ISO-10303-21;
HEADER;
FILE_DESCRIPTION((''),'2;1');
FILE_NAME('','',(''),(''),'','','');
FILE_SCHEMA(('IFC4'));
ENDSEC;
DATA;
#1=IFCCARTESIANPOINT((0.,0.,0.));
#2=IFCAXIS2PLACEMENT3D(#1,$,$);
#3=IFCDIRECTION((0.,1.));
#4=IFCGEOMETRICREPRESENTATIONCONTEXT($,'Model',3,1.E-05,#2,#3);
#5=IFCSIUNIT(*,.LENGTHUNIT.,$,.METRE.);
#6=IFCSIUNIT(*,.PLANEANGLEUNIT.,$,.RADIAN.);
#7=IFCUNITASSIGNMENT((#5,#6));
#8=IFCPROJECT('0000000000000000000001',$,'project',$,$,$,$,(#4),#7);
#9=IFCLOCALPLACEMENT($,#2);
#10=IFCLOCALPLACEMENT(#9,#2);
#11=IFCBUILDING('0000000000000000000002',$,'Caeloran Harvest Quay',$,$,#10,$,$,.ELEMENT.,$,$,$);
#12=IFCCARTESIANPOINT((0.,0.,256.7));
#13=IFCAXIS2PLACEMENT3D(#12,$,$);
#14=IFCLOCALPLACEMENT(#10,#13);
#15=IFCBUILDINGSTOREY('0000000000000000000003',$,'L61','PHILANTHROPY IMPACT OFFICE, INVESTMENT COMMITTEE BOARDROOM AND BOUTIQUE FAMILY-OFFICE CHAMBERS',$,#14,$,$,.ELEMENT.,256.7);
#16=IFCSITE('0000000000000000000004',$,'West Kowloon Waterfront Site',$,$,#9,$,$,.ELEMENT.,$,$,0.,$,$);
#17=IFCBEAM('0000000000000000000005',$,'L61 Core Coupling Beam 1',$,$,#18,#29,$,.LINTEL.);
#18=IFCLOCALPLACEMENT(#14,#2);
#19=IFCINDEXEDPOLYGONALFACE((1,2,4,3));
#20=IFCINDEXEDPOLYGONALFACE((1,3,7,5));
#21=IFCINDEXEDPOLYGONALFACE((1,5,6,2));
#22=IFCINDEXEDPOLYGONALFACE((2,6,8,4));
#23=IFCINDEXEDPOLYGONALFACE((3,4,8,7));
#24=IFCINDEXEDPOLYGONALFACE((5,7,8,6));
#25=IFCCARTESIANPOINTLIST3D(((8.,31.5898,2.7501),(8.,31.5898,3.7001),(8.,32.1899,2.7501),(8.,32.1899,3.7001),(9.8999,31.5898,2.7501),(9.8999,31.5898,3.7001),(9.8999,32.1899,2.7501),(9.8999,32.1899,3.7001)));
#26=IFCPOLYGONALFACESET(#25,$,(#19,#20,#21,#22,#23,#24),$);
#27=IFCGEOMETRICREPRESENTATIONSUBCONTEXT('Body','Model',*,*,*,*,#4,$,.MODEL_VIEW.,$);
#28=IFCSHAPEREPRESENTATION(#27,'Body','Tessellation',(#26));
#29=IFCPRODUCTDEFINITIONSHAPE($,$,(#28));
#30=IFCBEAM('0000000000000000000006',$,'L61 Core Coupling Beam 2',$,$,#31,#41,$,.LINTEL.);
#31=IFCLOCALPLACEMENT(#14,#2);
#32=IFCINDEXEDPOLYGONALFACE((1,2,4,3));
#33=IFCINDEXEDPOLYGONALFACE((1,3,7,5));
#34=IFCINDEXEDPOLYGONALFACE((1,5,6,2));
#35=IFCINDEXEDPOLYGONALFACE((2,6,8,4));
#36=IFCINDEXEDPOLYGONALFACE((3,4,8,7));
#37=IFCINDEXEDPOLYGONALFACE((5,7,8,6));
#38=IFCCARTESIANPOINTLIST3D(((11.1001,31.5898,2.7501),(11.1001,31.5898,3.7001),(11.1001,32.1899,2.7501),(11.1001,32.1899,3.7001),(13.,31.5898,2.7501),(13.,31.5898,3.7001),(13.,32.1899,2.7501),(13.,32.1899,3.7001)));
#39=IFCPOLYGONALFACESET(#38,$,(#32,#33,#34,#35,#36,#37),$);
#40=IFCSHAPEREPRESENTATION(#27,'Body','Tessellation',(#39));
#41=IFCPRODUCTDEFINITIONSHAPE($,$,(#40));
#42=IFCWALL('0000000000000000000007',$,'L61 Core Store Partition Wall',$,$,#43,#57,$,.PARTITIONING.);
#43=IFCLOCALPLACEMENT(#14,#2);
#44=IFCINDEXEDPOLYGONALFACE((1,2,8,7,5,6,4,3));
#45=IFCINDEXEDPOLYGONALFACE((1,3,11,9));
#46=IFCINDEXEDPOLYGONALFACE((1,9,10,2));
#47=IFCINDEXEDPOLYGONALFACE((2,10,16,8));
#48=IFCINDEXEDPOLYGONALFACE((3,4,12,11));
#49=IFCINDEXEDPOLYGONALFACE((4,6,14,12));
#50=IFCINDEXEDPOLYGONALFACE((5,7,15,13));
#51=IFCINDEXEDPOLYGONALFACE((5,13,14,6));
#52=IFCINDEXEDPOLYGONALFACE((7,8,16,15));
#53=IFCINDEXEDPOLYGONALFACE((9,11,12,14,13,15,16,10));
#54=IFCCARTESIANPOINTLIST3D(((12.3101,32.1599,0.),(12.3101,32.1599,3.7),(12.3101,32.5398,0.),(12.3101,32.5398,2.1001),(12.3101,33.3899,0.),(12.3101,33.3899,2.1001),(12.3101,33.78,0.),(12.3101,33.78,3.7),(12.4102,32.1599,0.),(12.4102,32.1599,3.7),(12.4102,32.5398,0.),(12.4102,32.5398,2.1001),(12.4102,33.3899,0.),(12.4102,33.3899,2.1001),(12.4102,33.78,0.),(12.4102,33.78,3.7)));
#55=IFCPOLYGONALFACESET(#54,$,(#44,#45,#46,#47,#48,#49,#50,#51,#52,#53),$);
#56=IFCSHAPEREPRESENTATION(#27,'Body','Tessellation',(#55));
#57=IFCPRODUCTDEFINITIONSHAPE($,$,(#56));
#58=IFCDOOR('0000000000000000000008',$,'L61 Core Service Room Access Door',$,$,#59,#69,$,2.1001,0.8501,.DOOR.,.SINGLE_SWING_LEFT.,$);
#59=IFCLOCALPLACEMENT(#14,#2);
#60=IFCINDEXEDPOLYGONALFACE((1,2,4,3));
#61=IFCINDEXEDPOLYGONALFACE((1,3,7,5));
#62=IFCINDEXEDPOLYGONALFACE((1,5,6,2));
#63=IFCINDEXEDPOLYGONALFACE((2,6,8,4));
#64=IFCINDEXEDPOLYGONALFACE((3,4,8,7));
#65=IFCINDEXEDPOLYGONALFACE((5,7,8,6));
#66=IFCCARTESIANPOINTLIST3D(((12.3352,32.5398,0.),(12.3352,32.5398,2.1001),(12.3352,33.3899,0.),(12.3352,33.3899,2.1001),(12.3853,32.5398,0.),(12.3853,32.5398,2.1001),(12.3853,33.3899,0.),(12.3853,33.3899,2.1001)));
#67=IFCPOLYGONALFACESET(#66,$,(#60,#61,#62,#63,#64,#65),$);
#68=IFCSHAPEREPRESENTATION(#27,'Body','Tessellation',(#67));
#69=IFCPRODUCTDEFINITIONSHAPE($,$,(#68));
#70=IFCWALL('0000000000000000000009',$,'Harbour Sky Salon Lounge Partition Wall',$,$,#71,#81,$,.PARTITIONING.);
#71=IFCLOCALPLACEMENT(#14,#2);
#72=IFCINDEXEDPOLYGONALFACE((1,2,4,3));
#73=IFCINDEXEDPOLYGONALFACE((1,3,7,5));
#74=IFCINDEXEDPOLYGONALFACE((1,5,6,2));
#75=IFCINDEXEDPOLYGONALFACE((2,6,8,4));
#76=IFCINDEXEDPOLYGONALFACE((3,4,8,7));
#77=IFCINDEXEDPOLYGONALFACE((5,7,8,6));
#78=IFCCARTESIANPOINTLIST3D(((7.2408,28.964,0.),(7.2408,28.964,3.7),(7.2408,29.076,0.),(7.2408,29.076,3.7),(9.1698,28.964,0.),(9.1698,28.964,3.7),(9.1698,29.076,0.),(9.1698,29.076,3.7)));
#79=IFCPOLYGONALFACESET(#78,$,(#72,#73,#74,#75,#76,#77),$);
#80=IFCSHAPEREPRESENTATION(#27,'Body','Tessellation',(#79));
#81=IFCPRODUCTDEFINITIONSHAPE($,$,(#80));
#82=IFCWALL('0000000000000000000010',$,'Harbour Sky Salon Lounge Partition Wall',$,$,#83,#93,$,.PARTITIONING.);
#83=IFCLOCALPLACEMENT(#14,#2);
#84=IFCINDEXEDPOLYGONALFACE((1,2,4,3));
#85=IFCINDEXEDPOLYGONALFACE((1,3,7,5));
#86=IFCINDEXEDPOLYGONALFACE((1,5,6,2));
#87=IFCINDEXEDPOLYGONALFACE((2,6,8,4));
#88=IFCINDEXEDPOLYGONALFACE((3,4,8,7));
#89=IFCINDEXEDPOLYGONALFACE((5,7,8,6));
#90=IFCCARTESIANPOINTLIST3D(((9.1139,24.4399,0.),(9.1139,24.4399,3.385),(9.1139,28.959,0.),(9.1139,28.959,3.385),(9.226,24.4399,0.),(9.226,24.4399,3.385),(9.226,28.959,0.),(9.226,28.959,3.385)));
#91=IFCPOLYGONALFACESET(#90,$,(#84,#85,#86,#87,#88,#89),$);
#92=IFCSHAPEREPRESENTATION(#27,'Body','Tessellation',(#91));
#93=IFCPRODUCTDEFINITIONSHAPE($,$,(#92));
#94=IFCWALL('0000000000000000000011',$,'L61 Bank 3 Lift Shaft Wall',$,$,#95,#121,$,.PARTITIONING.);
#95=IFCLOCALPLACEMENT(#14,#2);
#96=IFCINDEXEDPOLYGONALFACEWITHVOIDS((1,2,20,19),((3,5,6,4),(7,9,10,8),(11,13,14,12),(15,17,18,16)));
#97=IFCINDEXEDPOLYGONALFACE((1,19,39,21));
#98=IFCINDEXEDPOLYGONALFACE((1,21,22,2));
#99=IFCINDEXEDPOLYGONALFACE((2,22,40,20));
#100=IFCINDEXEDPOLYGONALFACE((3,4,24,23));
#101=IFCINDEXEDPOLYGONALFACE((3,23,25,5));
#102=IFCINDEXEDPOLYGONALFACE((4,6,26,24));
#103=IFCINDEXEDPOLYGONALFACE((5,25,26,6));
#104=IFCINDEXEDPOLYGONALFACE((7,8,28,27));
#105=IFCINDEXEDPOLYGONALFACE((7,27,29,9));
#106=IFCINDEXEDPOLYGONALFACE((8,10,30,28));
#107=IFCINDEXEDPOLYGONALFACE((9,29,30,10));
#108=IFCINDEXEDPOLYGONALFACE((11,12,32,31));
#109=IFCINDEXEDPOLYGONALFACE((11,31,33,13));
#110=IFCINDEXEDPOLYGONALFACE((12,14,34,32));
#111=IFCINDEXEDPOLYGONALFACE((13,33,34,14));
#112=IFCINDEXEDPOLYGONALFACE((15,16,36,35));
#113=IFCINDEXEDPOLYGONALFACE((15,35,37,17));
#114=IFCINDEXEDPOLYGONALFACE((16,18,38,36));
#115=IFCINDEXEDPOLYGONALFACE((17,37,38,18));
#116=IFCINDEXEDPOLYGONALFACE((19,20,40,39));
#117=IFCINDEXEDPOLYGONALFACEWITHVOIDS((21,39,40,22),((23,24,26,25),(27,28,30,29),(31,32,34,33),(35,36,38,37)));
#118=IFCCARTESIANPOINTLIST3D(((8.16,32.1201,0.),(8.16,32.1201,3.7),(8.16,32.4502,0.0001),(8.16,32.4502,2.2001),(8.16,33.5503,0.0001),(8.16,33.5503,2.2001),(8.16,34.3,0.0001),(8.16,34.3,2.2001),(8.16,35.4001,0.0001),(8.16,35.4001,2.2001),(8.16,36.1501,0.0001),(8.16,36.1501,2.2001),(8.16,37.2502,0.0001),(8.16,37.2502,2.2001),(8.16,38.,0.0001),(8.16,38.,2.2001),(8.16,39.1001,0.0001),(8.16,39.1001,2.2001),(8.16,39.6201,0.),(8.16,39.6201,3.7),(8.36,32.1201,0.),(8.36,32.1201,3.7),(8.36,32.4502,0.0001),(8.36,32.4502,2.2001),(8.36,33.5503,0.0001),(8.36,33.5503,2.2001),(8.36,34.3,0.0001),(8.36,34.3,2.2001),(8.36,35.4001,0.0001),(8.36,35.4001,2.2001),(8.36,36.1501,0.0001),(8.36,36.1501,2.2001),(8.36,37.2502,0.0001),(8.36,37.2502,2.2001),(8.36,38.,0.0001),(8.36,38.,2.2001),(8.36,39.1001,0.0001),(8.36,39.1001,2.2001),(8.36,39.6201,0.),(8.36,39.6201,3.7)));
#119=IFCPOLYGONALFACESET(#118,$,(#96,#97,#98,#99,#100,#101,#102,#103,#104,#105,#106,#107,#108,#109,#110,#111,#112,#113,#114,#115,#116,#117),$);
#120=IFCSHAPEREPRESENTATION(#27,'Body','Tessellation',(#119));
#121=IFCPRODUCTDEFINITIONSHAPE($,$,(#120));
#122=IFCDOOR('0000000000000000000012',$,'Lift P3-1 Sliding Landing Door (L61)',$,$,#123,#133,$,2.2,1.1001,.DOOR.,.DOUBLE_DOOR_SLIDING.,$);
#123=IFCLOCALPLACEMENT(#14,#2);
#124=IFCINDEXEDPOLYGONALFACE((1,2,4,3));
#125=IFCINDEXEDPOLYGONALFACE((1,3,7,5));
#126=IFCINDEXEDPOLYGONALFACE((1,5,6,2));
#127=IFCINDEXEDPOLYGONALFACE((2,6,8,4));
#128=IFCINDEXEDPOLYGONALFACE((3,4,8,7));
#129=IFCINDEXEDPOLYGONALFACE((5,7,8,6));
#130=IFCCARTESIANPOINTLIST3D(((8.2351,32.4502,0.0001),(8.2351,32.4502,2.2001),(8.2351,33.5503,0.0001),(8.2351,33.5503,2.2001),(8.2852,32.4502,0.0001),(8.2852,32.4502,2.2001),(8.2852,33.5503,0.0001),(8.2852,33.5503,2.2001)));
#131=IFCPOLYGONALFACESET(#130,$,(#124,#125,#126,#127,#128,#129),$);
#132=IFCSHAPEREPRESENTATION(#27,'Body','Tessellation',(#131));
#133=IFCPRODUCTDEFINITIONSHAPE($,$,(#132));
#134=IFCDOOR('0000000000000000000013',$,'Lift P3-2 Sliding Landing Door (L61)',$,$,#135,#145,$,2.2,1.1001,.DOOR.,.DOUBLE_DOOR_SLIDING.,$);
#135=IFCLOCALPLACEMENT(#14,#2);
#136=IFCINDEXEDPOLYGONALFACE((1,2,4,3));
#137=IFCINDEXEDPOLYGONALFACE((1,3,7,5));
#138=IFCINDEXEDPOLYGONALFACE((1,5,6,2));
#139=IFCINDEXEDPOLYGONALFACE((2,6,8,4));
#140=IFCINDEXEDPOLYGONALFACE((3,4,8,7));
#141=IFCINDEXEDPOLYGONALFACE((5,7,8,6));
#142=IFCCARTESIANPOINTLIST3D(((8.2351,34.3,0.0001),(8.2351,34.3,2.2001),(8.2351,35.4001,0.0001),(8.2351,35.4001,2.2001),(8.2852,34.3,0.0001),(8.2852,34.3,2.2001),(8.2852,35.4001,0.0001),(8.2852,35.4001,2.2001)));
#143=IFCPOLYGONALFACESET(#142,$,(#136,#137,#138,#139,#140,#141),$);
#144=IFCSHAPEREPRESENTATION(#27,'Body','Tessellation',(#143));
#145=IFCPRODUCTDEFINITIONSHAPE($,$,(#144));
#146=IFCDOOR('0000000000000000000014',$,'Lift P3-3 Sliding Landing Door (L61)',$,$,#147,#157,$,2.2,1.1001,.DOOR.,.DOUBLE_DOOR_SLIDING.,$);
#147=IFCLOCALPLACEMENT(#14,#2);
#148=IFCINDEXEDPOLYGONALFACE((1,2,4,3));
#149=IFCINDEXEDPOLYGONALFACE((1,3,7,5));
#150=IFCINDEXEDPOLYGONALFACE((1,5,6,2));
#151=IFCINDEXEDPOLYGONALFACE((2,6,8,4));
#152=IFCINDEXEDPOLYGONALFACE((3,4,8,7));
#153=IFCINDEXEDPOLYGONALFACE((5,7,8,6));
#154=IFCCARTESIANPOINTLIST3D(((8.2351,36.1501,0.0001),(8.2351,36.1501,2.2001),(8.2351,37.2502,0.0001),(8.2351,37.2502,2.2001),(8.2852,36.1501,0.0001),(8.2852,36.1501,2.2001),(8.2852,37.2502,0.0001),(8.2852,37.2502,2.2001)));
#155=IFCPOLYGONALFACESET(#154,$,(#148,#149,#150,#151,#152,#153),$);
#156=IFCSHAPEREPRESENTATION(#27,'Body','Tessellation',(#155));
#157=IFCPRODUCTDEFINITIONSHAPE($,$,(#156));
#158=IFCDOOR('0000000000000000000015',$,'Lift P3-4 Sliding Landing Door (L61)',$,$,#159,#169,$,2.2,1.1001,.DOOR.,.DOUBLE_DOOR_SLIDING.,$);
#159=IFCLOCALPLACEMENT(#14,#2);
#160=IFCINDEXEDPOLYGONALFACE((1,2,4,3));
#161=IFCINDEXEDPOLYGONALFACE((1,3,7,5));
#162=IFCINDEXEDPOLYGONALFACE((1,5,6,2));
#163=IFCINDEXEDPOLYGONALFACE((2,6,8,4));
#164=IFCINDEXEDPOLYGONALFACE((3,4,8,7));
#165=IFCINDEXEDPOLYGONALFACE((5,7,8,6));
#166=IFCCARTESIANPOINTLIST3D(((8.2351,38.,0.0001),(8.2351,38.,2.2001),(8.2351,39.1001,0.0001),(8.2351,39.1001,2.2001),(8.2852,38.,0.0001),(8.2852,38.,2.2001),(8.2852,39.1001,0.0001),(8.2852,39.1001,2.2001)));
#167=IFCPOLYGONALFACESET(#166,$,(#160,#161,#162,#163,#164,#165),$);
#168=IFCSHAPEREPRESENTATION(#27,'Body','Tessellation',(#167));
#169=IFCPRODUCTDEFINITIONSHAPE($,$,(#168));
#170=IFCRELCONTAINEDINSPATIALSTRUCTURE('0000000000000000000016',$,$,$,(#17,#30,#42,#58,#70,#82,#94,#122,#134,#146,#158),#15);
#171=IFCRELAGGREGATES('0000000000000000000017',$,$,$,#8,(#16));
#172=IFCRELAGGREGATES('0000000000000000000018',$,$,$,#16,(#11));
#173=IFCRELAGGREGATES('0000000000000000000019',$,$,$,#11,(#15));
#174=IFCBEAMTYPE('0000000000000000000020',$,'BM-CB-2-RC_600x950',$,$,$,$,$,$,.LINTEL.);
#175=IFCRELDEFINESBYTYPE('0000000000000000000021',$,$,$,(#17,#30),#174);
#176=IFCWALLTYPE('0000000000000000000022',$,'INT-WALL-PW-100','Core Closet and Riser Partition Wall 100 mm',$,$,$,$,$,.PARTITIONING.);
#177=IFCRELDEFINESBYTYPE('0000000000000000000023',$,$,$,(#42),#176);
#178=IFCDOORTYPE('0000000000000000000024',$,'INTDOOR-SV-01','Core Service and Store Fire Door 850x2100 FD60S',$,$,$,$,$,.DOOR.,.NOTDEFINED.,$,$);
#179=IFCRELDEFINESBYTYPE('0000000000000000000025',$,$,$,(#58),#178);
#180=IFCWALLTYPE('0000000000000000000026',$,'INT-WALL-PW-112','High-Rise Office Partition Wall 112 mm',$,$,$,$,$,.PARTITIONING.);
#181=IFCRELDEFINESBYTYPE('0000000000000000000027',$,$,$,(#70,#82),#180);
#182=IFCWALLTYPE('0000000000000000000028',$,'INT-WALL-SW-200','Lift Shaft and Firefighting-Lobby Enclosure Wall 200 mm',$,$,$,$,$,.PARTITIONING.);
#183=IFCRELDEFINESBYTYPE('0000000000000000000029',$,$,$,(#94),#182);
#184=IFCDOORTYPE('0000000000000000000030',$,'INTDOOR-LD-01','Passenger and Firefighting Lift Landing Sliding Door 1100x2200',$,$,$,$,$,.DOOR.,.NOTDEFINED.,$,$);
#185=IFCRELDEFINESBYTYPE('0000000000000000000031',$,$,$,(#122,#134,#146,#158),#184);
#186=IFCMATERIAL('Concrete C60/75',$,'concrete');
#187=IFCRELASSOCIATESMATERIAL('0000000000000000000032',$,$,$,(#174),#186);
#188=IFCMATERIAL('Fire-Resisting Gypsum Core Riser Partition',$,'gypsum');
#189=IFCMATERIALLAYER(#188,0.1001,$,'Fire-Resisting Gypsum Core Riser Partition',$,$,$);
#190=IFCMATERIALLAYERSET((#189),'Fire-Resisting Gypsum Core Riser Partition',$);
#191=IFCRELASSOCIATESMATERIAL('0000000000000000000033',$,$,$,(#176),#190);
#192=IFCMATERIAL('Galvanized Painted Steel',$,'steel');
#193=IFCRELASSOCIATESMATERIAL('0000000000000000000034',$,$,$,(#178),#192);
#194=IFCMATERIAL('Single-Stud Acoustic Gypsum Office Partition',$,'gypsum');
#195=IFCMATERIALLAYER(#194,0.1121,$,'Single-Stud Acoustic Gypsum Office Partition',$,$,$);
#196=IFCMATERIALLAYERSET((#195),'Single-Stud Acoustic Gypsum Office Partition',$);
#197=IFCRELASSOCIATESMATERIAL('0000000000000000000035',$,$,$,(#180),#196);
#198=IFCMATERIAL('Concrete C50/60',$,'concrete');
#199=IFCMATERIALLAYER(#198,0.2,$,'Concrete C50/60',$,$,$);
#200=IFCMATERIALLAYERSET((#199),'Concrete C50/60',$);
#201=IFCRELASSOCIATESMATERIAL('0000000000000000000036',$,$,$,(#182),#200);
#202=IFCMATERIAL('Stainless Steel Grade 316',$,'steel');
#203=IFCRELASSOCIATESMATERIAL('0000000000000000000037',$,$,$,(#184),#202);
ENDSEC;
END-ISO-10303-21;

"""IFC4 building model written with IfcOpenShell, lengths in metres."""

from ifc_helpers import new_model, si_unit, direction, frame, frame_2d, origin, origin_2d, place, context, subcontext, project, spatial, rectangle, extrude, material, layer, layer_set, material_profile, profile_set, type_object, element, fill, save


model = new_model("IFC4")

# Units and contexts
model_context = context("Model", 3, precision=1e-05, world=origin(), true_north=direction((0.0, 1.0)))
body_context = subcontext(model_context, "Body", "Model", "MODEL_VIEW")
ifc_project = project(units=[si_unit("LENGTHUNIT", "METRE"), si_unit("PLANEANGLEUNIT", "RADIAN")], contexts=[model_context])

# Site, building, storey
site_placement = place(None, origin())
site = spatial("IfcSite", under=ifc_project, at=site_placement, Name="West Kowloon Waterfront Site", CompositionType="ELEMENT", RefElevation=0.0)
building_placement = place(site_placement, origin())
building = spatial("IfcBuilding", under=site, at=building_placement, Name="Caeloran Harvest Quay", CompositionType="ELEMENT")
storey_placement = place(building_placement, frame((0.0, 0.0, 256.7)))
storey = spatial("IfcBuildingStorey", under=building, at=storey_placement, Name="L61", Description="PHILANTHROPY IMPACT OFFICE, INVESTMENT COMMITTEE BOARDROOM AND BOUTIQUE FAMILY-OFFICE CHAMBERS", CompositionType="ELEMENT", Elevation=256.7)

# Beams
ifc_material_1 = material(Name="Concrete C60/75", Category="concrete")
ifc_material_profile = material_profile(ifc_material_1, rectangle(XDim=0.6001, YDim=0.95, at=origin_2d()), Name="RC 600x950")
ifc_profile_set = profile_set([ifc_material_profile], Name="Concrete C60/75")
beam_type = type_object("IfcBeamType", Name="BM-CB-2-RC_600x950", PredefinedType="LINTEL", material=ifc_profile_set)
for number, where, z_axis, x_axis, name in (
    (1, (8.0, 31.8899, 3.2251), (1.0, 0.0, 0.0), (0.0, 1.0, 0.0), "L61 Core Coupling Beam 1"),
    (2, (11.1001, 31.8899, 3.2251), (1.0, 0.0, 0.0), (0.0, 1.0, 0.0), "L61 Core Coupling Beam 2"),
):
    element("IfcBeam", number, at=place(storey_placement, frame(where, z_axis=z_axis, x_axis=x_axis)), inside=storey, type_object=beam_type, Name=name, PredefinedType="LINTEL", context=body_context, shape_type="SweptSolid", body=[
        extrude(rectangle(XDim=0.6001, YDim=0.95, at=origin_2d()), origin(), (0.0, 0.0, 1.0), 1.8999),
    ])

# Wall, opening, door
ifc_material_2 = material(Name="Fire-Resisting Gypsum Core Riser Partition", Category="gypsum")
ifc_layer_1 = layer(ifc_material_2, 0.1001, Name="Fire-Resisting Gypsum Core Riser Partition")
ifc_layer_set_1 = layer_set([ifc_layer_1], Name="Fire-Resisting Gypsum Core Riser Partition")
wall_type_1 = type_object("IfcWallType", Name="INT-WALL-PW-100", Description="Core Closet and Riser Partition Wall 100 mm", PredefinedType="PARTITIONING", material=ifc_layer_set_1)
wall_1_placement = place(storey_placement, frame((12.3601, 32.1599, 0.0), z_axis=(0.0, 0.0, 1.0), x_axis=(0.0, 1.0, 0.0)))
wall_1 = element("IfcWall", 3, at=wall_1_placement, inside=storey, type_object=wall_type_1, Name="L61 Core Store Partition Wall", PredefinedType="PARTITIONING", context=body_context, shape_type="SweptSolid", body=[
    extrude(rectangle(XDim=1.6201, YDim=0.1001, at=frame_2d((0.8101, 0.0))), origin(), (0.0, 0.0, 1.0), 3.7),
])
opening_1_placement = place(wall_1_placement, frame((0.3799, 0.0, 0.0)))
opening_1 = element("IfcOpeningElement", 4, at=opening_1_placement, cuts=wall_1, PredefinedType="OPENING", context=body_context, shape_type="SweptSolid", body=[
    extrude(rectangle(XDim=0.8501, YDim=2.1001, at=frame_2d((0.425, 1.05))), frame((0.0, 0.0601, 0.0), z_axis=(0.0, -1.0, 0.0), x_axis=(1.0, 0.0, 0.0)), (0.0, 0.0, 1.0), 0.1201),
])
ifc_material_3 = material(Name="Galvanized Painted Steel", Category="steel")
door_type_1 = type_object("IfcDoorType", Name="INTDOOR-SV-01", Description="Core Service and Store Fire Door 850x2100 FD60S", OperationType="NOTDEFINED", PredefinedType="DOOR", material=ifc_material_3)
door_1_placement = place(opening_1_placement, origin())
door_1 = element("IfcDoor", 5, at=door_1_placement, inside=storey, type_object=door_type_1, Name="L61 Core Service Room Access Door", OperationType="SINGLE_SWING_LEFT", OverallHeight=2.1001, OverallWidth=0.8501, PredefinedType="DOOR", context=body_context, shape_type="SweptSolid", body=[
    extrude(rectangle(XDim=0.8501, YDim=2.1001, at=frame_2d((0.425, 1.05))), frame((0.0, 0.0249, 0.0), z_axis=(0.0, -1.0, 0.0), x_axis=(1.0, 0.0, 0.0)), (0.0, 0.0, 1.0), 0.05),
])
fill(opening_1, door_1)

# Walls
ifc_material_4 = material(Name="Single-Stud Acoustic Gypsum Office Partition", Category="gypsum")
ifc_layer_2 = layer(ifc_material_4, 0.1121, Name="Single-Stud Acoustic Gypsum Office Partition")
ifc_layer_set_2 = layer_set([ifc_layer_2], Name="Single-Stud Acoustic Gypsum Office Partition")
wall_type_2 = type_object("IfcWallType", Name="INT-WALL-PW-112", Description="High-Rise Office Partition Wall 112 mm", PredefinedType="PARTITIONING", material=ifc_layer_set_2)
wall_2_placement = place(storey_placement, frame((7.241, 29.02, 0.0), z_axis=(0.0, 0.0, 1.0), x_axis=(1.0, 0.0, 0.0)))
element("IfcWall", 6, at=wall_2_placement, inside=storey, type_object=wall_type_2, Name="Harbour Sky Salon Lounge Partition Wall", PredefinedType="PARTITIONING", context=body_context, shape_type="SweptSolid", body=[
    extrude(rectangle(XDim=1.929, YDim=0.1121, at=frame_2d((0.9644, 0.0))), origin(), (0.0, 0.0, 1.0), 3.7),
])
wall_3_placement = place(storey_placement, frame((9.1699, 28.959, 0.0), z_axis=(0.0, 0.0, 1.0), x_axis=(0.0, -1.0, 0.0)))
element("IfcWall", 7, at=wall_3_placement, inside=storey, type_object=wall_type_2, Name="Harbour Sky Salon Lounge Partition Wall", PredefinedType="PARTITIONING", context=body_context, shape_type="SweptSolid", body=[
    extrude(rectangle(XDim=4.519, YDim=0.1121, at=frame_2d((2.2595, 0.0))), origin(), (0.0, 0.0, 1.0), 3.385),
])

# Wall, openings, doors
ifc_material_5 = material(Name="Concrete C50/60", Category="concrete")
ifc_layer_3 = layer(ifc_material_5, 0.2, Name="Concrete C50/60")
ifc_layer_set_3 = layer_set([ifc_layer_3], Name="Concrete C50/60")
wall_type_3 = type_object("IfcWallType", Name="INT-WALL-SW-200", Description="Lift Shaft and Firefighting-Lobby Enclosure Wall 200 mm", PredefinedType="PARTITIONING", material=ifc_layer_set_3)
wall_4_placement = place(storey_placement, frame((8.26, 32.1201, 0.0), z_axis=(0.0, 0.0, 1.0), x_axis=(0.0, 1.0, 0.0)))
wall_4 = element("IfcWall", 8, at=wall_4_placement, inside=storey, type_object=wall_type_3, Name="L61 Bank 3 Lift Shaft Wall", PredefinedType="PARTITIONING", context=body_context, shape_type="SweptSolid", body=[
    extrude(rectangle(XDim=7.5, YDim=0.2, at=frame_2d((3.75, 0.0))), origin(), (0.0, 0.0, 1.0), 3.7),
])
opening_2_placement = place(wall_4_placement, frame((0.3301, 0.0, 0.0)))
opening_2 = element("IfcOpeningElement", 9, at=opening_2_placement, cuts=wall_4, PredefinedType="OPENING", context=body_context, shape_type="SweptSolid", body=[
    extrude(rectangle(XDim=1.1001, YDim=2.2, at=frame_2d((0.55, 1.1001))), frame((0.0, 0.1099, 0.0), z_axis=(0.0, -1.0, 0.0), x_axis=(1.0, 0.0, 0.0)), (0.0, 0.0, 1.0), 0.22),
])
opening_3_placement = place(wall_4_placement, frame((2.1799, 0.0, 0.0)))
opening_3 = element("IfcOpeningElement", 10, at=opening_3_placement, cuts=wall_4, PredefinedType="OPENING", context=body_context, shape_type="SweptSolid", body=[
    extrude(rectangle(XDim=1.1001, YDim=2.2, at=frame_2d((0.55, 1.1001))), frame((0.0, 0.1099, 0.0), z_axis=(0.0, -1.0, 0.0), x_axis=(1.0, 0.0, 0.0)), (0.0, 0.0, 1.0), 0.22),
])
opening_4_placement = place(wall_4_placement, frame((4.03, 0.0, 0.0)))
opening_4 = element("IfcOpeningElement", 11, at=opening_4_placement, cuts=wall_4, PredefinedType="OPENING", context=body_context, shape_type="SweptSolid", body=[
    extrude(rectangle(XDim=1.1001, YDim=2.2, at=frame_2d((0.55, 1.1001))), frame((0.0, 0.1099, 0.0), z_axis=(0.0, -1.0, 0.0), x_axis=(1.0, 0.0, 0.0)), (0.0, 0.0, 1.0), 0.22),
])
opening_5_placement = place(wall_4_placement, frame((5.8799, 0.0, 0.0)))
opening_5 = element("IfcOpeningElement", 12, at=opening_5_placement, cuts=wall_4, PredefinedType="OPENING", context=body_context, shape_type="SweptSolid", body=[
    extrude(rectangle(XDim=1.1001, YDim=2.2, at=frame_2d((0.55, 1.1001))), frame((0.0, 0.1099, 0.0), z_axis=(0.0, -1.0, 0.0), x_axis=(1.0, 0.0, 0.0)), (0.0, 0.0, 1.0), 0.22),
])
ifc_material_6 = material(Name="Stainless Steel Grade 316", Category="steel")
door_type_2 = type_object("IfcDoorType", Name="INTDOOR-LD-01", Description="Passenger and Firefighting Lift Landing Sliding Door 1100x2200", OperationType="NOTDEFINED", PredefinedType="DOOR", material=ifc_material_6)
door_2_placement = place(opening_2_placement, origin())
door_2 = element("IfcDoor", 13, at=door_2_placement, inside=storey, type_object=door_type_2, Name="Lift P3-1 Sliding Landing Door (L61)", OperationType="DOUBLE_DOOR_SLIDING", OverallHeight=2.2, OverallWidth=1.1001, PredefinedType="DOOR", context=body_context, shape_type="SweptSolid", body=[
    extrude(rectangle(XDim=1.1001, YDim=2.2, at=frame_2d((0.55, 1.1001))), frame((0.0, 0.0249, 0.0), z_axis=(0.0, -1.0, 0.0), x_axis=(1.0, 0.0, 0.0)), (0.0, 0.0, 1.0), 0.05),
])
fill(opening_2, door_2)
door_3_placement = place(opening_3_placement, origin())
door_3 = element("IfcDoor", 14, at=door_3_placement, inside=storey, type_object=door_type_2, Name="Lift P3-2 Sliding Landing Door (L61)", OperationType="DOUBLE_DOOR_SLIDING", OverallHeight=2.2, OverallWidth=1.1001, PredefinedType="DOOR", context=body_context, shape_type="SweptSolid", body=[
    extrude(rectangle(XDim=1.1001, YDim=2.2, at=frame_2d((0.55, 1.1001))), frame((0.0, 0.0249, 0.0), z_axis=(0.0, -1.0, 0.0), x_axis=(1.0, 0.0, 0.0)), (0.0, 0.0, 1.0), 0.05),
])
fill(opening_3, door_3)
door_4_placement = place(opening_4_placement, origin())
door_4 = element("IfcDoor", 15, at=door_4_placement, inside=storey, type_object=door_type_2, Name="Lift P3-3 Sliding Landing Door (L61)", OperationType="DOUBLE_DOOR_SLIDING", OverallHeight=2.2, OverallWidth=1.1001, PredefinedType="DOOR", context=body_context, shape_type="SweptSolid", body=[
    extrude(rectangle(XDim=1.1001, YDim=2.2, at=frame_2d((0.55, 1.1001))), frame((0.0, 0.0249, 0.0), z_axis=(0.0, -1.0, 0.0), x_axis=(1.0, 0.0, 0.0)), (0.0, 0.0, 1.0), 0.05),
])
fill(opening_4, door_4)
door_5_placement = place(opening_5_placement, origin())
door_5 = element("IfcDoor", 16, at=door_5_placement, inside=storey, type_object=door_type_2, Name="Lift P3-4 Sliding Landing Door (L61)", OperationType="DOUBLE_DOOR_SLIDING", OverallHeight=2.2, OverallWidth=1.1001, PredefinedType="DOOR", context=body_context, shape_type="SweptSolid", body=[
    extrude(rectangle(XDim=1.1001, YDim=2.2, at=frame_2d((0.55, 1.1001))), frame((0.0, 0.0249, 0.0), z_axis=(0.0, -1.0, 0.0), x_axis=(1.0, 0.0, 0.0)), (0.0, 0.0, 1.0), 0.05),
])
fill(opening_5, door_5)

save(model, "model.ifc")
